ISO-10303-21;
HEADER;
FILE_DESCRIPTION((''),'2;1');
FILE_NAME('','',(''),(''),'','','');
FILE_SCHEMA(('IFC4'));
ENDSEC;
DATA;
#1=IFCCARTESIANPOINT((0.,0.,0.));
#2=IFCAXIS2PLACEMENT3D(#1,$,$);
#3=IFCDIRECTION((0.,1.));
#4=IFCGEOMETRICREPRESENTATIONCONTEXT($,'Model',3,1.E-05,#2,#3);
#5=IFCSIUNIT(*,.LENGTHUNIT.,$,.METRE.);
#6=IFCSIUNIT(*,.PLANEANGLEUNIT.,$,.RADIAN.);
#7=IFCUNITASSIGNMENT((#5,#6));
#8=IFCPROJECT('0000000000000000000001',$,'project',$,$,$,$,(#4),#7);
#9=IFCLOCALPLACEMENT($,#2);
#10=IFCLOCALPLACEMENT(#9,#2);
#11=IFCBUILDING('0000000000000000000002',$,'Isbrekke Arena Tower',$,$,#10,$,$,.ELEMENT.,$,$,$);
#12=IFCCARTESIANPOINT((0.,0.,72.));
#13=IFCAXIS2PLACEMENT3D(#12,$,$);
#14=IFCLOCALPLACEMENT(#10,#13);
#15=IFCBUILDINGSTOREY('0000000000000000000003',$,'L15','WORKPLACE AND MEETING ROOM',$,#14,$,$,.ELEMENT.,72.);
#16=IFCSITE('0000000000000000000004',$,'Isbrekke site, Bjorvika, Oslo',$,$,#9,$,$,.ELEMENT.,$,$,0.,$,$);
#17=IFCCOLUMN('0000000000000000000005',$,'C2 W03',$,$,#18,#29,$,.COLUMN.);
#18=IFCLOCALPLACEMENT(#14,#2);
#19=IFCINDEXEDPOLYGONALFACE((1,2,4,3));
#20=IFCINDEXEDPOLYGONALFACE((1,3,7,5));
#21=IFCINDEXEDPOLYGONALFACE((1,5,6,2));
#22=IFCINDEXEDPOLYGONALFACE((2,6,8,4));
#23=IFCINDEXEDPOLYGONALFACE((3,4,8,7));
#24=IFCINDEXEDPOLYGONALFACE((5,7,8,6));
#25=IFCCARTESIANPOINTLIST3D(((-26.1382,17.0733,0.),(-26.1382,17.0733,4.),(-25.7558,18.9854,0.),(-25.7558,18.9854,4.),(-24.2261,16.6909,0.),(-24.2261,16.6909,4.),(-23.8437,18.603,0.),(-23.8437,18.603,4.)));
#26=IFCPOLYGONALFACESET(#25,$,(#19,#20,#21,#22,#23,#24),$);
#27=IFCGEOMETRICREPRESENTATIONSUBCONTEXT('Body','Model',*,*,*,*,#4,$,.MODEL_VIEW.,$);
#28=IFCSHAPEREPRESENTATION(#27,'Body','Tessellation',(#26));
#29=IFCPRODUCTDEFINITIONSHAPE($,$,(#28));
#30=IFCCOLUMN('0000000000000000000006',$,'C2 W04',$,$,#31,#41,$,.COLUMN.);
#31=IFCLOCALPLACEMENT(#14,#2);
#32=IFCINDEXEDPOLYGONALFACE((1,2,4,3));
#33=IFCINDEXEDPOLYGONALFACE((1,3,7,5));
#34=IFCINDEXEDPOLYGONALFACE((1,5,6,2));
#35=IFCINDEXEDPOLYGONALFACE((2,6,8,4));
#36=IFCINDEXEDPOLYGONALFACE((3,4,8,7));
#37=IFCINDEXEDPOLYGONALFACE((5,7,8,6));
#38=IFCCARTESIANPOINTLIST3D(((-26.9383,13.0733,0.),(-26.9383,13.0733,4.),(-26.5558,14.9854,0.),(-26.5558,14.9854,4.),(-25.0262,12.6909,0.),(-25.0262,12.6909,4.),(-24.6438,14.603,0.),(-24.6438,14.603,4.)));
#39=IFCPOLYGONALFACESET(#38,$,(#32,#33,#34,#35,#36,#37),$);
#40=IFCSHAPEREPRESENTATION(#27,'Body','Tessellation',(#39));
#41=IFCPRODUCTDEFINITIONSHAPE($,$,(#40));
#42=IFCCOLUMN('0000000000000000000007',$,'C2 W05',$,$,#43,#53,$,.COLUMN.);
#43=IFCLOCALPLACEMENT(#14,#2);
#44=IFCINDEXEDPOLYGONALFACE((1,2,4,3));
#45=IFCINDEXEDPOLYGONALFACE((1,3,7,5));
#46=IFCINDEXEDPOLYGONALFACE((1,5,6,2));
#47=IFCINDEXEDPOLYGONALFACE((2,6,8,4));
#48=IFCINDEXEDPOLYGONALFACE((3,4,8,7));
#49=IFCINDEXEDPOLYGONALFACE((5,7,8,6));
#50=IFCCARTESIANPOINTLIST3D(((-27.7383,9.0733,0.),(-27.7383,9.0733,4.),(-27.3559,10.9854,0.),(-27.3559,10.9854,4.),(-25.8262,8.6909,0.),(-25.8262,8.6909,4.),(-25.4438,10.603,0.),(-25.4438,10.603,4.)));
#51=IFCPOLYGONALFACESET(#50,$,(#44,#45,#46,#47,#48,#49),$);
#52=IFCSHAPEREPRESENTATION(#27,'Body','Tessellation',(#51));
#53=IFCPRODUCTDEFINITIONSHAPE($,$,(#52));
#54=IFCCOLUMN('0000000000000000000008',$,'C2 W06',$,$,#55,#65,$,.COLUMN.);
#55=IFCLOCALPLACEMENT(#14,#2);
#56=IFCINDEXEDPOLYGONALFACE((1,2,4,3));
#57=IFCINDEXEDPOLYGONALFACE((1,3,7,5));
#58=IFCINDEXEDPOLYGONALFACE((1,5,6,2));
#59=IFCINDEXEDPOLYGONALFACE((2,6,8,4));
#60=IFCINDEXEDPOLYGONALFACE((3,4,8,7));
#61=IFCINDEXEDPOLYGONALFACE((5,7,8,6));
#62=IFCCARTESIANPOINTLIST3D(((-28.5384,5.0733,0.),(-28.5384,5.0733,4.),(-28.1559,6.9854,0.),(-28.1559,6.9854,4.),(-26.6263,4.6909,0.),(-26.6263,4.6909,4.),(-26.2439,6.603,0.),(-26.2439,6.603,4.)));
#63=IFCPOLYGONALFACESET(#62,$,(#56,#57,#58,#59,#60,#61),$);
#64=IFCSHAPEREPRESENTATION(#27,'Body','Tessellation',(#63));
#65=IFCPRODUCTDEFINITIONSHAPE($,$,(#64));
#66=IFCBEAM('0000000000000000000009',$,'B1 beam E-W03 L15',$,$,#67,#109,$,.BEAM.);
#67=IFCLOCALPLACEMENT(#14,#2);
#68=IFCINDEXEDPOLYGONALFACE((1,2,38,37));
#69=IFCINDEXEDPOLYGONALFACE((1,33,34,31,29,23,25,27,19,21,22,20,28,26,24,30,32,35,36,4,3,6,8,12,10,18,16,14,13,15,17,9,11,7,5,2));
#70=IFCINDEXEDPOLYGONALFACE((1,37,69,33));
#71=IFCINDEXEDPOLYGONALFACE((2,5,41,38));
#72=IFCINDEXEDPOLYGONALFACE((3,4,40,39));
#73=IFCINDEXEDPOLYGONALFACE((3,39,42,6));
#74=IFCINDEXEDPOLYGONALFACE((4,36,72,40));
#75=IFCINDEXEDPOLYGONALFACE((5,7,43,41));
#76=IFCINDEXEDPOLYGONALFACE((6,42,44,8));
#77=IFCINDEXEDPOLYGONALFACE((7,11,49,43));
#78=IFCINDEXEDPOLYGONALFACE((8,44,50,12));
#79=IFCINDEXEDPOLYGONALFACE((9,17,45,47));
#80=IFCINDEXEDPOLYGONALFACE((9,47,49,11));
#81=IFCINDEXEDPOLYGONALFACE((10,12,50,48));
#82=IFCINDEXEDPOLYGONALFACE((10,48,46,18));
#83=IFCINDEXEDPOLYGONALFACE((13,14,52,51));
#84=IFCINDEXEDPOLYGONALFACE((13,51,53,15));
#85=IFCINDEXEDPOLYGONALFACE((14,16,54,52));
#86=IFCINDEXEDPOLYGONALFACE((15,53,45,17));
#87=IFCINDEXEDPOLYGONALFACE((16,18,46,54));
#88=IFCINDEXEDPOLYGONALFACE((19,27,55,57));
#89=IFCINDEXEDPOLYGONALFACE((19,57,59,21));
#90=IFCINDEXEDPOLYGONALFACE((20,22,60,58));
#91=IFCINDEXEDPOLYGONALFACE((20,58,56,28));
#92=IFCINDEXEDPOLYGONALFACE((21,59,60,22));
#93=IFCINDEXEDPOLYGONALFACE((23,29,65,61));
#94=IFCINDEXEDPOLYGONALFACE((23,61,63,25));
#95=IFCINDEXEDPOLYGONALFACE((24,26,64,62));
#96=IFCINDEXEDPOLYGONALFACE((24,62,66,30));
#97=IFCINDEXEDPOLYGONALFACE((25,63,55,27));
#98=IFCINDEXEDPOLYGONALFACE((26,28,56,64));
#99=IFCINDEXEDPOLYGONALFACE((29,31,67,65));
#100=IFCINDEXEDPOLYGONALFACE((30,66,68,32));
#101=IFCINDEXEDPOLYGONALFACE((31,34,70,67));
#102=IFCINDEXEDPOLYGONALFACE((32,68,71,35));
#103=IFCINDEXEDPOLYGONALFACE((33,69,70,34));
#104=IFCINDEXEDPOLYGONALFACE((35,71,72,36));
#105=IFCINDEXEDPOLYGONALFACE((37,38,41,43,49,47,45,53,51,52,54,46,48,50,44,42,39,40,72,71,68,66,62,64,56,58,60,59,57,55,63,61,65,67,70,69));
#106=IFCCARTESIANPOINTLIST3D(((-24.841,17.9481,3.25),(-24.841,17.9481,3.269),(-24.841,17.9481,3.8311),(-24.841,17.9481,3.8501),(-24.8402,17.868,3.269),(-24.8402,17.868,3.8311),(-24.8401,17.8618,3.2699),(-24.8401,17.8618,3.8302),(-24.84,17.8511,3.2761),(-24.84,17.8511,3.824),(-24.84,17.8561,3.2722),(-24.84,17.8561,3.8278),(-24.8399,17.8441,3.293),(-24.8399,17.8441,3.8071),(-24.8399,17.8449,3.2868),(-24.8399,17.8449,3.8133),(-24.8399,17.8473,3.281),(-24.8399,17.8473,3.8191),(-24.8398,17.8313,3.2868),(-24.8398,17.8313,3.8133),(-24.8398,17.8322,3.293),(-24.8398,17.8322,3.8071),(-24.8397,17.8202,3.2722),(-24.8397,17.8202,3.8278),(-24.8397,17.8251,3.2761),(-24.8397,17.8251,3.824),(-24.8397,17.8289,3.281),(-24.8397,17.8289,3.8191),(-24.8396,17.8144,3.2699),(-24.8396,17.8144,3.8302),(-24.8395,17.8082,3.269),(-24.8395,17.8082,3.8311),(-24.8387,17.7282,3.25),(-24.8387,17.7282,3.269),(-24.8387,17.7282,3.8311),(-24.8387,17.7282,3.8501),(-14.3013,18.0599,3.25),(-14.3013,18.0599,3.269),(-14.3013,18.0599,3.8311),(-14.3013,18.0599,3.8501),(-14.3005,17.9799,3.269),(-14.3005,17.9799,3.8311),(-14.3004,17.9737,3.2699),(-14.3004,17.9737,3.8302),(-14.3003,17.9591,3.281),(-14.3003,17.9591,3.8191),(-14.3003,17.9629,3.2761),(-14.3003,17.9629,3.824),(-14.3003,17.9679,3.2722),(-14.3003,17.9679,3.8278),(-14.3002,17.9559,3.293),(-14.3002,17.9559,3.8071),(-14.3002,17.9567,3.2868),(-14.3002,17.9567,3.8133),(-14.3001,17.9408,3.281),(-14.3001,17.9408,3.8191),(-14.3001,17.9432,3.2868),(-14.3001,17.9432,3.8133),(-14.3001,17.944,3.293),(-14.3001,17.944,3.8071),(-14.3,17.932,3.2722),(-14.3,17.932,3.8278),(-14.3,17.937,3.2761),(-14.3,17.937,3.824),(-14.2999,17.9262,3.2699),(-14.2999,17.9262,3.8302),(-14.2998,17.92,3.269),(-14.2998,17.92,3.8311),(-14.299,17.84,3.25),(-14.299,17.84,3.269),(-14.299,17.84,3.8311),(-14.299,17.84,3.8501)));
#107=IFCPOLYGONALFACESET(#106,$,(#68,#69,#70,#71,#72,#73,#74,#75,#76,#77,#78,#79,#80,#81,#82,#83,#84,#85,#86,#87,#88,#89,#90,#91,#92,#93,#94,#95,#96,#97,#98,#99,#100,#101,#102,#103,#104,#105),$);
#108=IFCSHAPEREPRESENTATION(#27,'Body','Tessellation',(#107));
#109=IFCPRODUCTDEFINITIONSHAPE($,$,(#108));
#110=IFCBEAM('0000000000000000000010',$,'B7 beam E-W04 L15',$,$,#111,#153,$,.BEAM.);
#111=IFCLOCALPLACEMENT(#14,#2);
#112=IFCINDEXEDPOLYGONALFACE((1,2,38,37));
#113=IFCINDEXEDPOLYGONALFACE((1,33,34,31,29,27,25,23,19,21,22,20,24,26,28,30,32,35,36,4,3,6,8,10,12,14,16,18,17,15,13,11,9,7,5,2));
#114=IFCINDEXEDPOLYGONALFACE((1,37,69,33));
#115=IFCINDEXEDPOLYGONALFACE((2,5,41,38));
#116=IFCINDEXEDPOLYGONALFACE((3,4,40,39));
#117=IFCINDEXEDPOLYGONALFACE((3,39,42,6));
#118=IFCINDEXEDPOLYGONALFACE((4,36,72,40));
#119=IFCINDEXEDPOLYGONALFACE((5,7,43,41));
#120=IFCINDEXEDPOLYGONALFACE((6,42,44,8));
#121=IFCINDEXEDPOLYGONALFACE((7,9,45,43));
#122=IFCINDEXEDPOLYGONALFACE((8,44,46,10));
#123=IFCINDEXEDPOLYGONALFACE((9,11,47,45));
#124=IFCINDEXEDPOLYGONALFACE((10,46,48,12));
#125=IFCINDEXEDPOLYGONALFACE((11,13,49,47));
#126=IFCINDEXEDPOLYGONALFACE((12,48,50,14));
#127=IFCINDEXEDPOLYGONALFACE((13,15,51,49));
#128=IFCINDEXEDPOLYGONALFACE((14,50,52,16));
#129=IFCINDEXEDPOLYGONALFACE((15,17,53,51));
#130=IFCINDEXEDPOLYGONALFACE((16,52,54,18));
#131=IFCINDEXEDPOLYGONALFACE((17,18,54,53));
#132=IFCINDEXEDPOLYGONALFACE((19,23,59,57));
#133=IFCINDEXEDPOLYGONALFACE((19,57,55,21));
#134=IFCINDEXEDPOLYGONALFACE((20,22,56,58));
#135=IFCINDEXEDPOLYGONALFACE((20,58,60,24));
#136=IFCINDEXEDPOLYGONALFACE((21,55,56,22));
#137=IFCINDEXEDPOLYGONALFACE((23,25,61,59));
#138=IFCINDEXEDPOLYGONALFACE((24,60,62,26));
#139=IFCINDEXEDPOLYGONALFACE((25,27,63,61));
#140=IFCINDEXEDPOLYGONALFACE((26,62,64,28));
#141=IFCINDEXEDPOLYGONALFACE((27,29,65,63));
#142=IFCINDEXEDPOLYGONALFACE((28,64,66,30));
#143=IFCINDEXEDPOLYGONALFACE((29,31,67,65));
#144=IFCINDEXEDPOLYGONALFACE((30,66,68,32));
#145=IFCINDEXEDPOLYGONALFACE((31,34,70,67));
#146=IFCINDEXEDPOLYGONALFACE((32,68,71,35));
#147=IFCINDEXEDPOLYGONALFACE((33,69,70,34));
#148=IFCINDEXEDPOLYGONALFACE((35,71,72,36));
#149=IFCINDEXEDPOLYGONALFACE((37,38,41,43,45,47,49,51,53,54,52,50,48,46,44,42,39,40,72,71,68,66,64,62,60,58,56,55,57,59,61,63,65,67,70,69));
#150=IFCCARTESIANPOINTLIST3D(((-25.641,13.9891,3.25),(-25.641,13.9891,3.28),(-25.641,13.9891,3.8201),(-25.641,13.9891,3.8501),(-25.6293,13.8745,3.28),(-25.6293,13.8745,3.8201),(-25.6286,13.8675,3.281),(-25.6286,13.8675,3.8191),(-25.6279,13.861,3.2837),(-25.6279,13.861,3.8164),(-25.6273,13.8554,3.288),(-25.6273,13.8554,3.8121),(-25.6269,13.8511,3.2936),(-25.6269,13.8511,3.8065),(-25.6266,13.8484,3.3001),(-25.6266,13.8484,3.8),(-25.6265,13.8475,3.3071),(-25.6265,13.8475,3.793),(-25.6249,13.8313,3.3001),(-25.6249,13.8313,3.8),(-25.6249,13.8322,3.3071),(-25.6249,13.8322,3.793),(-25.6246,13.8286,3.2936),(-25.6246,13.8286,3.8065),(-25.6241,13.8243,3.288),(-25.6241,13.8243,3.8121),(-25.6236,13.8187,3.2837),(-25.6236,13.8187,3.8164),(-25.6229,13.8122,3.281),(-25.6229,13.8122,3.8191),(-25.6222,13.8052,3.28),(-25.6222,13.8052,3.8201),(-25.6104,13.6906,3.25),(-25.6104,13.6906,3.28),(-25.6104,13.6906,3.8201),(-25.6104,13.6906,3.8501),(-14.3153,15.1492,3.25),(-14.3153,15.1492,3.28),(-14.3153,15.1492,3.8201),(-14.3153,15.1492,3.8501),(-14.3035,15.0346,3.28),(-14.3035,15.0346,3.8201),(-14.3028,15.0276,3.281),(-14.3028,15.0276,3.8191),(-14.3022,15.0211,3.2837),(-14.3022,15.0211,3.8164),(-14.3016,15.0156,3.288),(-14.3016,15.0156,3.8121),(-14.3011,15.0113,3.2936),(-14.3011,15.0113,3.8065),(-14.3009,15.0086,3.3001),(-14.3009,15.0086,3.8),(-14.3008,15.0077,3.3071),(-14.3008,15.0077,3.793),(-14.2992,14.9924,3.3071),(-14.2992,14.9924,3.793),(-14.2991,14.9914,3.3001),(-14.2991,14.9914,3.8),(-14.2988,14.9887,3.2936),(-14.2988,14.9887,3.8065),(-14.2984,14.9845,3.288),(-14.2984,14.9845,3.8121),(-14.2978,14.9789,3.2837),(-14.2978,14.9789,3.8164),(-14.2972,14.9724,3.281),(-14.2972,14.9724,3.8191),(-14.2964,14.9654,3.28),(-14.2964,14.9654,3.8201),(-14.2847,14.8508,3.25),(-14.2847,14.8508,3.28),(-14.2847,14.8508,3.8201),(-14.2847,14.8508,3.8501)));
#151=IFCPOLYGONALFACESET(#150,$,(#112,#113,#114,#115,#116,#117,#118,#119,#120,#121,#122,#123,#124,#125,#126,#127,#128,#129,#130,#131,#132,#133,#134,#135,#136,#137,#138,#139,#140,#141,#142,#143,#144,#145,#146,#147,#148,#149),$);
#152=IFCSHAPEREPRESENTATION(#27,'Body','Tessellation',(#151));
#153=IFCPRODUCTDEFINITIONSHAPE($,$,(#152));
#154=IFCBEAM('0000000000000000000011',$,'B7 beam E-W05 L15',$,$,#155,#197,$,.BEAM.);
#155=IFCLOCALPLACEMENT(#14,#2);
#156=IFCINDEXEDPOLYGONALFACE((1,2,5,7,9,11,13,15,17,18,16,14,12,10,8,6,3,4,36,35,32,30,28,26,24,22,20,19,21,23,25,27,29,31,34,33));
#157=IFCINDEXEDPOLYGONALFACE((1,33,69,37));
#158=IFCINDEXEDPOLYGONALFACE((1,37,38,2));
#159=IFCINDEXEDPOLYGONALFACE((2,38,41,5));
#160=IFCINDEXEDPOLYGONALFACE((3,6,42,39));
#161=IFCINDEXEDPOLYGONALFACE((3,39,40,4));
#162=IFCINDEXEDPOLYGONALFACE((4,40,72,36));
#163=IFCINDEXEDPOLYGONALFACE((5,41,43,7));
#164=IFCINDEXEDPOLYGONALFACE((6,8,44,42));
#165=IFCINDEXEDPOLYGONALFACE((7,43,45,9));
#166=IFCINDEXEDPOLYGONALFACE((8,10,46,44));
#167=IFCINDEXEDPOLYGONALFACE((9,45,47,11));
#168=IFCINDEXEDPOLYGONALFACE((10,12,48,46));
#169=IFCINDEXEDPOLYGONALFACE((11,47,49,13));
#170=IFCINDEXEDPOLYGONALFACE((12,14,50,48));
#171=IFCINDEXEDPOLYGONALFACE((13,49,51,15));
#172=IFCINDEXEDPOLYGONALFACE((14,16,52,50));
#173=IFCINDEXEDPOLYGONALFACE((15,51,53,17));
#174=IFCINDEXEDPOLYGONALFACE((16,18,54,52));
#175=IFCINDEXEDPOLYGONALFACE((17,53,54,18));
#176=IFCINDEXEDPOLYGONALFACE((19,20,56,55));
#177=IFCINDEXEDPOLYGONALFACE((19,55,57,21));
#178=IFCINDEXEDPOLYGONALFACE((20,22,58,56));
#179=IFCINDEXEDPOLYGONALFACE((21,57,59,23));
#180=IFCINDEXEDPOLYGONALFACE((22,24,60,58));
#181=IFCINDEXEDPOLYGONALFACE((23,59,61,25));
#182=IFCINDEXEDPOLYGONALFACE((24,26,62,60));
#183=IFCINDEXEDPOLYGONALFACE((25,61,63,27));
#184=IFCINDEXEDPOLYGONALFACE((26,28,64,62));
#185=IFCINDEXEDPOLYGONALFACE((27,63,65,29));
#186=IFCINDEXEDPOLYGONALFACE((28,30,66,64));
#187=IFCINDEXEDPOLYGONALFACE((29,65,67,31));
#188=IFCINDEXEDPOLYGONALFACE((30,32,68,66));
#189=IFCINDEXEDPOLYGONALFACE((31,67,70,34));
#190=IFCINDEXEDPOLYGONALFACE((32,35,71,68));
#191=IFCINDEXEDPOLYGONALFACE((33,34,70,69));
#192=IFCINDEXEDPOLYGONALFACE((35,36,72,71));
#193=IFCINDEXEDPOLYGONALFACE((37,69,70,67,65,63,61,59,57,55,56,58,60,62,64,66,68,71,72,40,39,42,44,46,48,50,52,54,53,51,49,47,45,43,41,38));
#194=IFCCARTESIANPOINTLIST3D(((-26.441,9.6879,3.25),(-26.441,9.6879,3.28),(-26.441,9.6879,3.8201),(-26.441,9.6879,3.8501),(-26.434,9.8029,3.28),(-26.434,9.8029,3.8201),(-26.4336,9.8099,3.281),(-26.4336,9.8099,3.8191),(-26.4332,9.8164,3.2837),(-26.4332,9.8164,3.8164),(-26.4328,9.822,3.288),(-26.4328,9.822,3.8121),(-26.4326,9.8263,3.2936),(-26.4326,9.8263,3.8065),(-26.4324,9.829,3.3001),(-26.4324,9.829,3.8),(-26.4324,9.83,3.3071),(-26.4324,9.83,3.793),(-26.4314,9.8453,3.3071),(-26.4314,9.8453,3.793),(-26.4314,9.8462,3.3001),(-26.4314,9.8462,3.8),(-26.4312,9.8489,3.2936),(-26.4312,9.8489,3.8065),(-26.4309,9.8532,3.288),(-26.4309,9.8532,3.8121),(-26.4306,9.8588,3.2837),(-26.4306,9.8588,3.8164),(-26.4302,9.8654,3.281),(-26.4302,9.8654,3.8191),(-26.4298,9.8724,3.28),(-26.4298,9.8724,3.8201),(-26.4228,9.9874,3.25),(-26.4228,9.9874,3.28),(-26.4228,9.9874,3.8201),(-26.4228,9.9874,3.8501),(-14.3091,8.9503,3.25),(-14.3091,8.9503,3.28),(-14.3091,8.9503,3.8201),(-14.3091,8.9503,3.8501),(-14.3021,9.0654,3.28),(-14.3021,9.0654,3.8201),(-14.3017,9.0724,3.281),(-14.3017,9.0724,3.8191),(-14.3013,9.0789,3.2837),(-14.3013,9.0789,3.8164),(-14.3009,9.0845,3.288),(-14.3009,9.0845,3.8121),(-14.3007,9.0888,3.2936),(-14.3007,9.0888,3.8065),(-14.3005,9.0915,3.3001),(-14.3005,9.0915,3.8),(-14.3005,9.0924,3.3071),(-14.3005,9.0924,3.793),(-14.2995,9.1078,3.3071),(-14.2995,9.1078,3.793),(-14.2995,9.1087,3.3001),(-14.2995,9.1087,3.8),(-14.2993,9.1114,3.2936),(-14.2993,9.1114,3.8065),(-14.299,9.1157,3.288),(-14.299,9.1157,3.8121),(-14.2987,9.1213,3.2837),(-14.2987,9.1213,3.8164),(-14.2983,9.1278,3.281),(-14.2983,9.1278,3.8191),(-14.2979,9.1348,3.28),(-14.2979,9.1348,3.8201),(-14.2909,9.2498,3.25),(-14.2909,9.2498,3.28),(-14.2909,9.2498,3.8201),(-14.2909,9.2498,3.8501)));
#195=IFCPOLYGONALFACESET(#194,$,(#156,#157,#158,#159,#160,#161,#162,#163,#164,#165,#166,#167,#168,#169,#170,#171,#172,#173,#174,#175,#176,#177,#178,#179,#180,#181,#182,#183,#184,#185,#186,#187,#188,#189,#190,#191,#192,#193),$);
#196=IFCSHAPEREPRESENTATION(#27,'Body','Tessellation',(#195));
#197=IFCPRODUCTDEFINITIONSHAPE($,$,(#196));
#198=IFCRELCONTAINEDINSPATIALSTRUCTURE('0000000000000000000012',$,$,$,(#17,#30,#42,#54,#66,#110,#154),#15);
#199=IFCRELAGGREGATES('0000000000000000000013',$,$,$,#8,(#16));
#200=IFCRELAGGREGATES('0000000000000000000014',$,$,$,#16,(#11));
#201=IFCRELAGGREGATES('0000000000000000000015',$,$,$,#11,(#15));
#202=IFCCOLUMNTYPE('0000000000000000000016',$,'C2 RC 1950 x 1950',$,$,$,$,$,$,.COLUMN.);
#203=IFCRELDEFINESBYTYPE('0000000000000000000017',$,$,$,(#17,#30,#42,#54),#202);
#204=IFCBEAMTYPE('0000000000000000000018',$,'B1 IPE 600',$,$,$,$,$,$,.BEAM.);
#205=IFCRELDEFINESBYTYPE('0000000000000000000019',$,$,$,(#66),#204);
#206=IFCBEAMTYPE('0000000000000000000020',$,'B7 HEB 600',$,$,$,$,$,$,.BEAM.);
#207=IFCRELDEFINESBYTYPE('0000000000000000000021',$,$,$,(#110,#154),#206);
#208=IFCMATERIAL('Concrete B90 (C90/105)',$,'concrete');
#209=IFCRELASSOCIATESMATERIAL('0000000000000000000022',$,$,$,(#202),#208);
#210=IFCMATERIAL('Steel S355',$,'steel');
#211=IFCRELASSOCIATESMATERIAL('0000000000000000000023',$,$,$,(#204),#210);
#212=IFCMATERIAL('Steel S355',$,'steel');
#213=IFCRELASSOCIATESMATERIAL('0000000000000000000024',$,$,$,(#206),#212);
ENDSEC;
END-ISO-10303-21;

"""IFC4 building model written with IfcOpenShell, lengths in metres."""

from ifc_helpers import new_model, si_unit, direction, frame, origin, origin_2d, place, context, subcontext, project, spatial, rectangle, i_section, extrude, material, material_profile, profile_set, type_object, element, save


model = new_model("IFC4")

# Units and contexts
model_context = context("Model", 3, precision=1e-05, world=origin(), true_north=direction((0.0, 1.0)))
body_context = subcontext(model_context, "Body", "Model", "MODEL_VIEW")
ifc_project = project(units=[si_unit("LENGTHUNIT", "METRE"), si_unit("PLANEANGLEUNIT", "RADIAN")], contexts=[model_context])

# Site, building, storey
site_placement = place(None, origin())
site = spatial("IfcSite", under=ifc_project, at=site_placement, Name="Isbrekke site, Bjorvika, Oslo", CompositionType="ELEMENT", RefElevation=0.0)
building_placement = place(site_placement, origin())
building = spatial("IfcBuilding", under=site, at=building_placement, Name="Isbrekke Arena Tower", CompositionType="ELEMENT")
storey_placement = place(building_placement, frame((0.0, 0.0, 72.0)))
storey = spatial("IfcBuildingStorey", under=building, at=storey_placement, Name="L15", Description="WORKPLACE AND MEETING ROOM", CompositionType="ELEMENT", Elevation=72.0)

# Columns
ifc_material_1 = material(Name="Concrete B90 (C90/105)", Category="concrete")
ifc_material_profile_1 = material_profile(ifc_material_1, rectangle(XDim=1.95, YDim=1.95, at=origin_2d()), Name="RC 1950x1950")
ifc_profile_set_1 = profile_set([ifc_material_profile_1], Name="Concrete B90 (C90/105)")
column_type = type_object("IfcColumnType", Name="C2 RC 1950 x 1950", PredefinedType="COLUMN", material=ifc_profile_set_1)
for number, where, z_axis, x_axis, name in (
    (1, (-24.991, 17.8381, 0.0), (0.0, 0.0, 1.0), (-0.196116, -0.980581, 0.0), "C2 W03"),
    (2, (-25.791, 13.8381, 0.0), (0.0, 0.0, 1.0), (-0.196116, -0.980581, 0.0), "C2 W04"),
    (3, (-26.5911, 9.8381, 0.0), (0.0, 0.0, 1.0), (-0.196116, -0.980581, 0.0), "C2 W05"),
    (4, (-27.3911, 5.8381, 0.0), (0.0, 0.0, 1.0), (-0.196116, -0.980581, 0.0), "C2 W06"),
):
    element("IfcColumn", number, at=place(storey_placement, frame(where, z_axis=z_axis, x_axis=x_axis)), inside=storey, type_object=column_type, Name=name, PredefinedType="COLUMN", context=body_context, shape_type="SweptSolid", body=[
        extrude(rectangle(XDim=1.95, YDim=1.95, at=origin_2d()), origin(), (0.0, 0.0, 1.0), 4.0),
    ])

# Beams
ifc_material_2 = material(Name="Steel S355", Category="steel")
ifc_material_profile_2 = material_profile(ifc_material_2, i_section(OverallWidth=0.22, OverallDepth=0.6001, WebThickness=0.012, FlangeThickness=0.019, FilletRadius=0.0239, at=origin_2d()), Name="IPE 600")
ifc_profile_set_2 = profile_set([ifc_material_profile_2], Name="Steel S355")
beam_type_1 = type_object("IfcBeamType", Name="B1 IPE 600", PredefinedType="BEAM", material=ifc_profile_set_2)
beam_1_placement = place(storey_placement, frame((-24.8398, 17.8381, 3.55), z_axis=(0.999944, 0.010608, 0.0), x_axis=(-0.010608, 0.999944, 0.0)))
element("IfcBeam", 5, at=beam_1_placement, inside=storey, type_object=beam_type_1, Name="B1 beam E-W03 L15", PredefinedType="BEAM", context=body_context, shape_type="SweptSolid", body=[
    extrude(i_section(OverallWidth=0.22, OverallDepth=0.6001, WebThickness=0.012, FlangeThickness=0.019, FilletRadius=0.0239, at=origin_2d()), origin(), (0.0, 0.0, 1.0), 10.5403),
])
ifc_material_3 = material(Name="Steel S355", Category="steel")
ifc_material_profile_3 = material_profile(ifc_material_3, i_section(OverallWidth=0.3, OverallDepth=0.6001, WebThickness=0.0154, FlangeThickness=0.03, FilletRadius=0.0271, at=origin_2d()), Name="HEB 600")
ifc_profile_set_3 = profile_set([ifc_material_profile_3], Name="Steel S355")
beam_type_2 = type_object("IfcBeamType", Name="B7 HEB 600", PredefinedType="BEAM", material=ifc_profile_set_3)
beam_2_placement = place(storey_placement, frame((-25.6257, 13.8398, 3.55), z_axis=(0.994794, 0.101903, 0.0), x_axis=(-0.101903, 0.994794, 0.0)))
element("IfcBeam", 6, at=beam_2_placement, inside=storey, type_object=beam_type_2, Name="B7 beam E-W04 L15", PredefinedType="BEAM", context=body_context, shape_type="SweptSolid", body=[
    extrude(i_section(OverallWidth=0.3, OverallDepth=0.6001, WebThickness=0.0154, FlangeThickness=0.03, FilletRadius=0.0271, at=origin_2d()), origin(), (0.0, 0.0, 1.0), 11.385),
])
beam_3_placement = place(storey_placement, frame((-26.4319, 9.8376, 3.55), z_axis=(0.998157, -0.060682, 0.0), x_axis=(0.060682, 0.998157, 0.0)))
element("IfcBeam", 7, at=beam_3_placement, inside=storey, type_object=beam_type_2, Name="B7 beam E-W05 L15", PredefinedType="BEAM", context=body_context, shape_type="SweptSolid", body=[
    extrude(i_section(OverallWidth=0.3, OverallDepth=0.6001, WebThickness=0.0154, FlangeThickness=0.03, FilletRadius=0.0271, at=origin_2d()), origin(), (0.0, 0.0, 1.0), 12.1543),
])

save(model, "model.ifc")
